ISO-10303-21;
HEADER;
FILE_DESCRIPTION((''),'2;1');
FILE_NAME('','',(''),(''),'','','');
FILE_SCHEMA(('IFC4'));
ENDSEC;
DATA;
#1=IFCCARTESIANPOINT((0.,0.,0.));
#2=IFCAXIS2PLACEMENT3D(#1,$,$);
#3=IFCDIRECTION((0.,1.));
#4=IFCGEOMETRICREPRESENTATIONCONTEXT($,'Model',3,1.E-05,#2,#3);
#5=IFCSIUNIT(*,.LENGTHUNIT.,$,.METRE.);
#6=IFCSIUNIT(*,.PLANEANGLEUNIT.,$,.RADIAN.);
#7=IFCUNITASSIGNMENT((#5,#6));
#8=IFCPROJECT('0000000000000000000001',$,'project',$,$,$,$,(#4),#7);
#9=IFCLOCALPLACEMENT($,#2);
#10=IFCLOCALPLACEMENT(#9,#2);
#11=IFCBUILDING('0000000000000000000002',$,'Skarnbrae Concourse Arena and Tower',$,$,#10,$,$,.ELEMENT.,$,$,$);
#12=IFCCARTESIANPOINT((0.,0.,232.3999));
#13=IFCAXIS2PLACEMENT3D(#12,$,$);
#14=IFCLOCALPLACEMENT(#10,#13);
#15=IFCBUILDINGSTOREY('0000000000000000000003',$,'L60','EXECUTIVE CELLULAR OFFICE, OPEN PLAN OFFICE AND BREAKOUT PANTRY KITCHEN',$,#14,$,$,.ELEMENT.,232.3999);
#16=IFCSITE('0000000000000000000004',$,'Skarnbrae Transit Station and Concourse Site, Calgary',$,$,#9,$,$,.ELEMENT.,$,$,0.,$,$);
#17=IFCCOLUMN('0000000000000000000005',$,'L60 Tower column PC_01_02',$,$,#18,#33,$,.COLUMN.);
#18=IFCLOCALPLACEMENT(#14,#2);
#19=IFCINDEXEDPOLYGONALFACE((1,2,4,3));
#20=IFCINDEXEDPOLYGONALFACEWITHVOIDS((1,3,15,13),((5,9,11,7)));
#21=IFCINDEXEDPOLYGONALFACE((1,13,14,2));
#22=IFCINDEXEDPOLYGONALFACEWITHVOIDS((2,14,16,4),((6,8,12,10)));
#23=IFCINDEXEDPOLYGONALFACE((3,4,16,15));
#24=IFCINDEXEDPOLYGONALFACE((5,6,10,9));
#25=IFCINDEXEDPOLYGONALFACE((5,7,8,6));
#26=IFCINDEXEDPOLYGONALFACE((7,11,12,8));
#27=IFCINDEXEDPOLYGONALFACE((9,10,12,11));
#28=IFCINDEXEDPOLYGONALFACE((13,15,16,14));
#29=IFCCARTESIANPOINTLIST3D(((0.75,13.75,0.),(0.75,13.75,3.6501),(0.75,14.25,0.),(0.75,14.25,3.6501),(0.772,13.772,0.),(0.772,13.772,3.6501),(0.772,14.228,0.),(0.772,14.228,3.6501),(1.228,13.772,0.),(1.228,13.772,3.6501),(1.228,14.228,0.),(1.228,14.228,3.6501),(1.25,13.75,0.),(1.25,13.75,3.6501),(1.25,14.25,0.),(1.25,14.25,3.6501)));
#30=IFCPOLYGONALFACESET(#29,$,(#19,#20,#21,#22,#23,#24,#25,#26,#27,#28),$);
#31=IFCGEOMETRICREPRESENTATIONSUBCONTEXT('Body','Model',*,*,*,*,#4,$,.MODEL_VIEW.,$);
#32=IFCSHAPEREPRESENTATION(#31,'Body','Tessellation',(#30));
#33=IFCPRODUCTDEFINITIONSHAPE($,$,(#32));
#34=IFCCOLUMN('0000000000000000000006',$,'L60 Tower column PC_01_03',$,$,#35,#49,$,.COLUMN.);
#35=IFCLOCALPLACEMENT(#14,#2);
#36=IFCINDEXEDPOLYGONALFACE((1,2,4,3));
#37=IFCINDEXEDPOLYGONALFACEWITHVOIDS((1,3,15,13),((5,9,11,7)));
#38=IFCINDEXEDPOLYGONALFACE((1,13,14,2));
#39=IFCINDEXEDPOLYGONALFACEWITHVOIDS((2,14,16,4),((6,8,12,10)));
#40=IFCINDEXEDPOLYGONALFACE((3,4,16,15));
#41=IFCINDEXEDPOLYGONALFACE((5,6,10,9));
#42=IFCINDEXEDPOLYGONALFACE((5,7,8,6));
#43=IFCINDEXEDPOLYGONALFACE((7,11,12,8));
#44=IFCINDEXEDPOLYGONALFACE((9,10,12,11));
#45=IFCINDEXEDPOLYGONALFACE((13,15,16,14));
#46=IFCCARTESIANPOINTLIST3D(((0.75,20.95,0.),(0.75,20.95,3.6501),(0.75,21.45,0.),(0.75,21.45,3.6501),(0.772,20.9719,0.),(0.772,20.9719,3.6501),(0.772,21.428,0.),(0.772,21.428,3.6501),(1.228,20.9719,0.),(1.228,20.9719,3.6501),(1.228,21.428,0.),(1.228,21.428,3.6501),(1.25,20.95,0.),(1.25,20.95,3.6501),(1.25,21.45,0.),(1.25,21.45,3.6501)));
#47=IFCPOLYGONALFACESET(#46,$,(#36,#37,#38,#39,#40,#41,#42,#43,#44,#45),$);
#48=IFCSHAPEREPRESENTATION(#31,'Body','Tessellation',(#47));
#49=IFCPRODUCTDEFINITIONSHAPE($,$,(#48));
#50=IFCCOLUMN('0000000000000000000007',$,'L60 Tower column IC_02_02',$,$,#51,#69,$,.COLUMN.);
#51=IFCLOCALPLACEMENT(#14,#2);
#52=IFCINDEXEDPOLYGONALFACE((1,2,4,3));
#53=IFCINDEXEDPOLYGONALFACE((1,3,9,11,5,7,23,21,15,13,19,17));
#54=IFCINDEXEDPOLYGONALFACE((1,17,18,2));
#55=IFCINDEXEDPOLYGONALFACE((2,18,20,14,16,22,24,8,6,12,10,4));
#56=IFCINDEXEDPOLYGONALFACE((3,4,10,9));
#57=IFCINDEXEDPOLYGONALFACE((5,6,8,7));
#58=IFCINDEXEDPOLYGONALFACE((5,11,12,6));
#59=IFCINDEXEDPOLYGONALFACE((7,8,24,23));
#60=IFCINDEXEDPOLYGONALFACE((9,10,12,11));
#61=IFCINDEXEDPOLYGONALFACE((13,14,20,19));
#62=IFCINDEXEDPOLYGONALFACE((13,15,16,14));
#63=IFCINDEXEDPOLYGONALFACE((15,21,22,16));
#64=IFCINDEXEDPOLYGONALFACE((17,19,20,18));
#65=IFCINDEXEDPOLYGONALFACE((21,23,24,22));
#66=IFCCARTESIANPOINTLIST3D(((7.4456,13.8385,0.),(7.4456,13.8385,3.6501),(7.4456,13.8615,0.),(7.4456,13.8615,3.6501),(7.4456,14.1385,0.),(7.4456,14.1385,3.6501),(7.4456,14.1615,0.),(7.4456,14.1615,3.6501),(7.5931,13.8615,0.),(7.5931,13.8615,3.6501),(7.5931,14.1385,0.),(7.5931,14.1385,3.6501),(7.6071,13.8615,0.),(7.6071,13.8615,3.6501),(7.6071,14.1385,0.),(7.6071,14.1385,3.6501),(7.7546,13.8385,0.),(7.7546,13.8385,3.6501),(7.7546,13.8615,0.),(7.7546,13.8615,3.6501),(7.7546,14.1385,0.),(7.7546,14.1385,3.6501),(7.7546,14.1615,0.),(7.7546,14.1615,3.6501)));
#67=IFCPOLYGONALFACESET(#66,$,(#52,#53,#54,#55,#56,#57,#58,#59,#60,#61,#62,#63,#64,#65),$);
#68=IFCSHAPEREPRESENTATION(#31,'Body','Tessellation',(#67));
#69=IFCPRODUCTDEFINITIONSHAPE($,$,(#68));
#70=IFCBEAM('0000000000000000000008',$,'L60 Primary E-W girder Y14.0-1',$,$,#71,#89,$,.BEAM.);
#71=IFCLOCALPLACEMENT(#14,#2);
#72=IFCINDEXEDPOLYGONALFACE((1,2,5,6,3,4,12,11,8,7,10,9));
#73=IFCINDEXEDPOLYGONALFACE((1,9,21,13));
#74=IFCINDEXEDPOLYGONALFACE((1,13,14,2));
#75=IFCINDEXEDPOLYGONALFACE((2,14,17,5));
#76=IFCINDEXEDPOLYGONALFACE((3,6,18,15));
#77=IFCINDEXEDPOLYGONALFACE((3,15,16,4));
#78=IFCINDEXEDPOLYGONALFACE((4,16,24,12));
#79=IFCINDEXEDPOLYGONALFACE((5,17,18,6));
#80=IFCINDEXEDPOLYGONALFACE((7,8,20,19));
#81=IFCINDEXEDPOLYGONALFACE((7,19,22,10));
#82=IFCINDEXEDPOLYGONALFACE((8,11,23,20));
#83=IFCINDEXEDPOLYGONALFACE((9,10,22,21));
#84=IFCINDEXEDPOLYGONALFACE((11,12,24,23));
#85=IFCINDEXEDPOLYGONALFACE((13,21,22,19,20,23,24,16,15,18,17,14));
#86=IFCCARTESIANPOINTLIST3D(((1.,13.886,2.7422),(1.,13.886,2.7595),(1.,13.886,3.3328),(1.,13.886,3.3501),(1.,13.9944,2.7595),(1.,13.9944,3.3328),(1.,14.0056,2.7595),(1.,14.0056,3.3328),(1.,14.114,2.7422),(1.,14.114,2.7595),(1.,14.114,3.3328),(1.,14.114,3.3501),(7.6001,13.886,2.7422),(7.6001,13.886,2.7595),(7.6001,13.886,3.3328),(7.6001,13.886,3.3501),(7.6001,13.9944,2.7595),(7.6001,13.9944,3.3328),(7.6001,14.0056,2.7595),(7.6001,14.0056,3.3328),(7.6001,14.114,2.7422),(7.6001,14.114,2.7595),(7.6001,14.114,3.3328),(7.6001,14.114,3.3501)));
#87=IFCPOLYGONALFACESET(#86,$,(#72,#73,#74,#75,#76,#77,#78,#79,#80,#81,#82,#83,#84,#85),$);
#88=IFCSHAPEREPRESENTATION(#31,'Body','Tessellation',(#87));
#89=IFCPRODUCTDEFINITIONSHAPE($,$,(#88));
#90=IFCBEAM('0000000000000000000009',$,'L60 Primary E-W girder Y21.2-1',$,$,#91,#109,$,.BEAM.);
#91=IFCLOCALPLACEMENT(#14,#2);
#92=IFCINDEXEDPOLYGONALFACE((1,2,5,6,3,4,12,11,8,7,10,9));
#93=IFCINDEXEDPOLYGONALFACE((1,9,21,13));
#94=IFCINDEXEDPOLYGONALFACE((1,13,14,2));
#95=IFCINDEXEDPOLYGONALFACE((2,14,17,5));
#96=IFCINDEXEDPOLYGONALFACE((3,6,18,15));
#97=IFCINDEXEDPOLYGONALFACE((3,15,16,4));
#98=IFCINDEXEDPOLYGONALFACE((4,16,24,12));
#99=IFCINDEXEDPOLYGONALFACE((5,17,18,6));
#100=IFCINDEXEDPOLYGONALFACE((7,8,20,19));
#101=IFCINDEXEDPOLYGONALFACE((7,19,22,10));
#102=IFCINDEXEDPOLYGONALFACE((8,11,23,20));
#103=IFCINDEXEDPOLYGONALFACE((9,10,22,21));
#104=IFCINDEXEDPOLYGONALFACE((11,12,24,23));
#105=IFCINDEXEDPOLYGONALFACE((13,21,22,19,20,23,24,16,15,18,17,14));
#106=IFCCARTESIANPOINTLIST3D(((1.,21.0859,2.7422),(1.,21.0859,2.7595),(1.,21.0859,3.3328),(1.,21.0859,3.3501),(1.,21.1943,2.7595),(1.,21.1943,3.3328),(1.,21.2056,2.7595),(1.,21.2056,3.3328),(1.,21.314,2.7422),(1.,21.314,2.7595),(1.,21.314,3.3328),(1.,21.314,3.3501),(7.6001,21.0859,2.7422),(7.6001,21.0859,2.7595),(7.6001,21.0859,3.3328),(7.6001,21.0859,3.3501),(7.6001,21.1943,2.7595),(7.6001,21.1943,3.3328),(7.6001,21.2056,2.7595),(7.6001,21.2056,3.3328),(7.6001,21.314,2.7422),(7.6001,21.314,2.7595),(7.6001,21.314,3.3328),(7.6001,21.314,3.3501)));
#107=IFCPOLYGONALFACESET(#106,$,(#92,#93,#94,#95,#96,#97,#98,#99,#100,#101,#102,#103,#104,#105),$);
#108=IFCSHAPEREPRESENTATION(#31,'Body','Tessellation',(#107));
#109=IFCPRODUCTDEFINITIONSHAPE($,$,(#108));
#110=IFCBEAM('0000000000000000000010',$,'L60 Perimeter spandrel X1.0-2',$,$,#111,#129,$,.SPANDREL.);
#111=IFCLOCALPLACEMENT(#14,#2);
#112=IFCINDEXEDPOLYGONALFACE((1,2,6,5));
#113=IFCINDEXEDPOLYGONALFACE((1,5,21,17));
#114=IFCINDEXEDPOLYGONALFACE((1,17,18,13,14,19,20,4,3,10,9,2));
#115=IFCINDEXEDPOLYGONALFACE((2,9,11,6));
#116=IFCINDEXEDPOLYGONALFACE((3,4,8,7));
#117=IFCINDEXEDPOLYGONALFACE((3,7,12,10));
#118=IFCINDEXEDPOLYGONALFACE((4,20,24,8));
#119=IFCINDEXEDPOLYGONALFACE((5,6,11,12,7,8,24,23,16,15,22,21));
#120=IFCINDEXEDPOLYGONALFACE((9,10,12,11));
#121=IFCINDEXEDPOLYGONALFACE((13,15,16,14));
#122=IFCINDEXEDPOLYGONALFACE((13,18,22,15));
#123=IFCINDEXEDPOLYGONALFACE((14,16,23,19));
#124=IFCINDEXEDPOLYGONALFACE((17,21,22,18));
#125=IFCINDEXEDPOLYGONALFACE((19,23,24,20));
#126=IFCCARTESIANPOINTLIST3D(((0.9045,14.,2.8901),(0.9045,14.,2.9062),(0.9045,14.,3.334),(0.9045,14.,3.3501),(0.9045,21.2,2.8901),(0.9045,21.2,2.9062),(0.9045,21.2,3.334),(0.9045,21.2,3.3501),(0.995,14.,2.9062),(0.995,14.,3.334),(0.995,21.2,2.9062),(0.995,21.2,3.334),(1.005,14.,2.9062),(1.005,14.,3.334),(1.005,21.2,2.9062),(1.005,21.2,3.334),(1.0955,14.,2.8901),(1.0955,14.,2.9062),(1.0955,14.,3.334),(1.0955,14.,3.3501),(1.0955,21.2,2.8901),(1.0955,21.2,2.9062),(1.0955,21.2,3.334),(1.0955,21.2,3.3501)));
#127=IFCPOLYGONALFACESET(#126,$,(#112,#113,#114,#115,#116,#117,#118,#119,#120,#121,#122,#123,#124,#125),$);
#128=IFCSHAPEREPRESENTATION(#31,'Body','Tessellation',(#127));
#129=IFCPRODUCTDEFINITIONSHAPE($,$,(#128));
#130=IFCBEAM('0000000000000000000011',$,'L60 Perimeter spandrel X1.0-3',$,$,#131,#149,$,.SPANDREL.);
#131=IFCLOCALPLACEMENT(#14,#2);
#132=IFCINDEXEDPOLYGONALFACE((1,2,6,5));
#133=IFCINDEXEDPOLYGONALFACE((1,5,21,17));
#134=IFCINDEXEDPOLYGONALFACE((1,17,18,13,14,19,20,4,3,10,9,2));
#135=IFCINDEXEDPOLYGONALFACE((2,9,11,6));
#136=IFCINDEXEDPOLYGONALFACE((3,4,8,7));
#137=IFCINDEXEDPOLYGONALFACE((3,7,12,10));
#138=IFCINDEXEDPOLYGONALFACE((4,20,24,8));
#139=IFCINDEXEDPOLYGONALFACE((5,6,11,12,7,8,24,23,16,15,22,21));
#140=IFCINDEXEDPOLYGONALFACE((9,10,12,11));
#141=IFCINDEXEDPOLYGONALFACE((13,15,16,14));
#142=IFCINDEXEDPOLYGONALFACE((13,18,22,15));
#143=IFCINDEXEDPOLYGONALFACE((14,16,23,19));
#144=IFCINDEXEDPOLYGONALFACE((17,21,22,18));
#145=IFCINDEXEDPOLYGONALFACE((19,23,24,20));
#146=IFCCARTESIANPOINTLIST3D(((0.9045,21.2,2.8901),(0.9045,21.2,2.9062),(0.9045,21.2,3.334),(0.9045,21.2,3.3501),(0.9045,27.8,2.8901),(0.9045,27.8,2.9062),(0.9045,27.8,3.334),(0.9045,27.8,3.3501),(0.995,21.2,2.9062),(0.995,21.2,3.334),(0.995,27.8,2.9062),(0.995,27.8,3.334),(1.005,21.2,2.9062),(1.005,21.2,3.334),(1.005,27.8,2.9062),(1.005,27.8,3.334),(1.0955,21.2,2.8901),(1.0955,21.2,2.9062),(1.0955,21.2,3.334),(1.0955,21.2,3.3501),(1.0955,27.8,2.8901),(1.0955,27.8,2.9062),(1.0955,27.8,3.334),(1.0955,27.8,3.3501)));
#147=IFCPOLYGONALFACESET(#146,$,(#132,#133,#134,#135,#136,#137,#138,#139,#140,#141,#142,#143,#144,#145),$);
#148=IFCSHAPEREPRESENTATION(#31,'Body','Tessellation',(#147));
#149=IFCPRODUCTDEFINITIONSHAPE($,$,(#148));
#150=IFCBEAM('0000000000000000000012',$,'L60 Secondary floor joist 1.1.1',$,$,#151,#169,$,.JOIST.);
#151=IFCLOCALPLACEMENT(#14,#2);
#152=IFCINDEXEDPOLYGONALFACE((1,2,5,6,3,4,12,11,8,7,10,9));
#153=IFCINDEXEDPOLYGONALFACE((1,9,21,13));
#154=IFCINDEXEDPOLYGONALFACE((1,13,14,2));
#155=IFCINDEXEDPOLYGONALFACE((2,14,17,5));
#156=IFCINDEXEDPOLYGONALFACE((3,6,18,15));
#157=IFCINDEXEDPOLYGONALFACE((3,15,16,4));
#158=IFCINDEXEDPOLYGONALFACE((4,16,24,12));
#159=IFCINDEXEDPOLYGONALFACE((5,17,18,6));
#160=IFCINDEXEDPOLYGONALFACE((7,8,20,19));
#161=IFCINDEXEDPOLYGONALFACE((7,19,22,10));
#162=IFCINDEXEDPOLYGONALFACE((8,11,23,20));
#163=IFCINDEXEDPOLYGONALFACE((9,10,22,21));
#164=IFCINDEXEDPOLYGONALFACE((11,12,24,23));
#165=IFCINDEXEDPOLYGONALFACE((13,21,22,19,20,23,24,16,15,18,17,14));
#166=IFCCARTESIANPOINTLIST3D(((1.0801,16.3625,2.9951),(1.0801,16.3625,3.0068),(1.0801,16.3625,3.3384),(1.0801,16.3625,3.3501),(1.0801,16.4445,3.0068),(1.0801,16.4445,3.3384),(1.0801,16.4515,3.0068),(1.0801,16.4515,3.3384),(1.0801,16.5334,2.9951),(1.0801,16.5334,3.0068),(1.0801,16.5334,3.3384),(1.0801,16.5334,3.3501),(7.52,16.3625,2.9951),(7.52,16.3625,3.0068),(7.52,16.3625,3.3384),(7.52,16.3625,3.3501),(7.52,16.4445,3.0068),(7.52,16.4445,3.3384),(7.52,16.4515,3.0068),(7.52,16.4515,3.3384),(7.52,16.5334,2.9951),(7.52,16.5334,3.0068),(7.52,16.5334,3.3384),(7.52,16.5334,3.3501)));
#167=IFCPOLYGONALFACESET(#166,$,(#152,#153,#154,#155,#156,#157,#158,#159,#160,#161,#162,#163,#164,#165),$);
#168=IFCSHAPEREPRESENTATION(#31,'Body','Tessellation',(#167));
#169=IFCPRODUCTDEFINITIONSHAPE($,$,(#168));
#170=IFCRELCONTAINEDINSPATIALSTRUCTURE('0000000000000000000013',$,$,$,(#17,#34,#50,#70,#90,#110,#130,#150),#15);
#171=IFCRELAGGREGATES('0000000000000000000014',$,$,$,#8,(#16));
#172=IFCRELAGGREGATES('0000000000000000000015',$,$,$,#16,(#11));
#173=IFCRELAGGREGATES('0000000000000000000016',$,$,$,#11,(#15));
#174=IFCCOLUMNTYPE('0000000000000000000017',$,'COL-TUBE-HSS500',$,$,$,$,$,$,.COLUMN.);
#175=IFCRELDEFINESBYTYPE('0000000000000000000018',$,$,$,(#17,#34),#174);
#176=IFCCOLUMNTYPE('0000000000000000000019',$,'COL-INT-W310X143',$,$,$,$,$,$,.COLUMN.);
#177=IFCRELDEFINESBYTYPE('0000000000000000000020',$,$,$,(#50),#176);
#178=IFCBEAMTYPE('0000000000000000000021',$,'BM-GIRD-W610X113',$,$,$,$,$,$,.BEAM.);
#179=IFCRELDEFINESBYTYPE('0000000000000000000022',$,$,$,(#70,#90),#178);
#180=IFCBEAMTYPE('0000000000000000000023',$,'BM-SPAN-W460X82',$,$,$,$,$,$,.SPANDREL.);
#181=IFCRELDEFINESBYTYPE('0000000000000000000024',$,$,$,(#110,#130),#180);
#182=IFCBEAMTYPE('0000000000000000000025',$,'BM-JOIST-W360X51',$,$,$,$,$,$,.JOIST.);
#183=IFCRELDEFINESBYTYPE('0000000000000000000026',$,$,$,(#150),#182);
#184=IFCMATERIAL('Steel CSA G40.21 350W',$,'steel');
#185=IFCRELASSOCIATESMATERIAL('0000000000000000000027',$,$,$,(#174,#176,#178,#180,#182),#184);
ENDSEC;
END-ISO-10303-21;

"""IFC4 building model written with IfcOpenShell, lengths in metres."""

from ifc_helpers import new_model, si_unit, direction, frame, origin, origin_2d, place, context, subcontext, project, spatial, hollow_rectangle, i_section, extrude, source, transform, mapped, material, material_profile, profile_set, type_object, element, save


model = new_model("IFC4")

# Units and contexts
model_context = context("Model", 3, precision=1e-05, world=origin(), true_north=direction((0.0, 1.0)))
body_context = subcontext(model_context, "Body", "Model", "MODEL_VIEW")
ifc_project = project(units=[si_unit("LENGTHUNIT", "METRE"), si_unit("PLANEANGLEUNIT", "RADIAN")], contexts=[model_context])

# Site, building, storey
site_placement = place(None, origin())
site = spatial("IfcSite", under=ifc_project, at=site_placement, Name="Skarnbrae Transit Station and Concourse Site, Calgary", CompositionType="ELEMENT", RefElevation=0.0)
building_placement = place(site_placement, origin())
building = spatial("IfcBuilding", under=site, at=building_placement, Name="Skarnbrae Concourse Arena and Tower", CompositionType="ELEMENT")
storey_placement = place(building_placement, frame((0.0, 0.0, 232.3999)))
storey = spatial("IfcBuildingStorey", under=building, at=storey_placement, Name="L60", Description="EXECUTIVE CELLULAR OFFICE, OPEN PLAN OFFICE AND BREAKOUT PANTRY KITCHEN", CompositionType="ELEMENT", Elevation=232.3999)

# Columns
ifc_material_1 = material(Name="Steel CSA G40.21 350W", Category="steel")
ifc_material_profile_1 = material_profile(ifc_material_1, hollow_rectangle(XDim=0.5, YDim=0.5, WallThickness=0.022, at=origin_2d()), Name="HSS500X500X22.0")
ifc_profile_set_1 = profile_set([ifc_material_profile_1], Name="Steel CSA G40.21 350W")
column_type_1 = type_object("IfcColumnType", Name="COL-TUBE-HSS500", PredefinedType="COLUMN", material=ifc_profile_set_1)
shared_shape_1 = source(origin(), body_context, "Body", "SweptSolid", [
    extrude(hollow_rectangle(XDim=0.5, YDim=0.5, WallThickness=0.022, at=origin_2d()), origin(), (0.0, 0.0, 1.0), 3.6501),
])
for number, where, z_axis, x_axis, name in (
    (1, (1.0, 14.0, 0.0), (0.0, 0.0, 1.0), (1.0, 0.0, 0.0), "L60 Tower column PC_01_02"),
    (2, (1.0, 21.2, 0.0), (0.0, 0.0, 1.0), (1.0, 0.0, 0.0), "L60 Tower column PC_01_03"),
):
    element("IfcColumn", number, at=place(storey_placement, frame(where, z_axis=z_axis, x_axis=x_axis)), inside=storey, type_object=column_type_1, Name=name, PredefinedType="COLUMN", context=body_context, shape_type="MappedRepresentation", body=[
        mapped(shared_shape_1, transform((0.0, 0.0, 0.0))),
    ])
ifc_material_profile_2 = material_profile(ifc_material_1, i_section(OverallWidth=0.3091, OverallDepth=0.323, WebThickness=0.0139, FlangeThickness=0.0229, at=origin_2d()), Name="W310X143")
ifc_profile_set_2 = profile_set([ifc_material_profile_2], Name="Steel CSA G40.21 350W")
column_type_2 = type_object("IfcColumnType", Name="COL-INT-W310X143", PredefinedType="COLUMN", material=ifc_profile_set_2)
shared_shape_2 = source(origin(), body_context, "Body", "SweptSolid", [
    extrude(i_section(OverallWidth=0.3091, OverallDepth=0.323, WebThickness=0.0139, FlangeThickness=0.0229, at=origin_2d()), origin(), (0.0, 0.0, 1.0), 3.6501),
])
column_placement = place(storey_placement, frame((7.6001, 14.0, 0.0), z_axis=(0.0, 0.0, 1.0), x_axis=(1.0, 0.0, 0.0)))
element("IfcColumn", 3, at=column_placement, inside=storey, type_object=column_type_2, Name="L60 Tower column IC_02_02", PredefinedType="COLUMN", context=body_context, shape_type="MappedRepresentation", body=[
    mapped(shared_shape_2, transform((0.0, 0.0, 0.0))),
])

# Beams
ifc_material_profile_3 = material_profile(ifc_material_1, i_section(OverallWidth=0.228, OverallDepth=0.6079, WebThickness=0.0112, FlangeThickness=0.0173, at=origin_2d()), Name="W610X113")
ifc_profile_set_3 = profile_set([ifc_material_profile_3], Name="Steel CSA G40.21 350W")
beam_type_1 = type_object("IfcBeamType", Name="BM-GIRD-W610X113", PredefinedType="BEAM", material=ifc_profile_set_3)
shared_shape_3 = source(origin(), body_context, "Body", "SweptSolid", [
    extrude(i_section(OverallWidth=0.228, OverallDepth=0.6079, WebThickness=0.0112, FlangeThickness=0.0173, at=origin_2d()), origin(), (0.0, 0.0, 1.0), 6.6001),
])
for number, where, z_axis, x_axis, name in (
    (4, (1.0, 14.0, 3.0461), (1.0, 0.0, 0.0), (0.0, 1.0, 0.0), "L60 Primary E-W girder Y14.0-1"),
    (5, (1.0, 21.2, 3.0461), (1.0, 0.0, 0.0), (0.0, 1.0, 0.0), "L60 Primary E-W girder Y21.2-1"),
):
    element("IfcBeam", number, at=place(storey_placement, frame(where, z_axis=z_axis, x_axis=x_axis)), inside=storey, type_object=beam_type_1, Name=name, PredefinedType="BEAM", context=body_context, shape_type="MappedRepresentation", body=[
        mapped(shared_shape_3, transform((0.0, 0.0, 0.0))),
    ])
ifc_material_profile_4 = material_profile(ifc_material_1, i_section(OverallWidth=0.1909, OverallDepth=0.46, WebThickness=0.01, FlangeThickness=0.0161, at=origin_2d()), Name="W460X82")
ifc_profile_set_4 = profile_set([ifc_material_profile_4], Name="Steel CSA G40.21 350W")
beam_type_2 = type_object("IfcBeamType", Name="BM-SPAN-W460X82", PredefinedType="SPANDREL", material=ifc_profile_set_4)
shared_shape_4 = source(origin(), body_context, "Body", "SweptSolid", [
    extrude(i_section(OverallWidth=0.1909, OverallDepth=0.46, WebThickness=0.01, FlangeThickness=0.0161, at=origin_2d()), origin(), (0.0, 0.0, 1.0), 7.2),
])
beam_1_placement = place(storey_placement, frame((1.0, 14.0, 3.1201), z_axis=(0.0, 1.0, 0.0), x_axis=(-1.0, 0.0, 0.0)))
element("IfcBeam", 6, at=beam_1_placement, inside=storey, type_object=beam_type_2, Name="L60 Perimeter spandrel X1.0-2", PredefinedType="SPANDREL", context=body_context, shape_type="MappedRepresentation", body=[
    mapped(shared_shape_4, transform((0.0, 0.0, 0.0))),
])
shared_shape_5 = source(origin(), body_context, "Body", "SweptSolid", [
    extrude(i_section(OverallWidth=0.1909, OverallDepth=0.46, WebThickness=0.01, FlangeThickness=0.0161, at=origin_2d()), origin(), (0.0, 0.0, 1.0), 6.6001),
])
beam_2_placement = place(storey_placement, frame((1.0, 21.2, 3.1201), z_axis=(0.0, 1.0, 0.0), x_axis=(-1.0, 0.0, 0.0)))
element("IfcBeam", 7, at=beam_2_placement, inside=storey, type_object=beam_type_2, Name="L60 Perimeter spandrel X1.0-3", PredefinedType="SPANDREL", context=body_context, shape_type="MappedRepresentation", body=[
    mapped(shared_shape_5, transform((0.0, 0.0, 0.0))),
])
ifc_material_profile_5 = material_profile(ifc_material_1, i_section(OverallWidth=0.1709, OverallDepth=0.355, WebThickness=0.0071, FlangeThickness=0.0117, at=origin_2d()), Name="W360X51")
ifc_profile_set_5 = profile_set([ifc_material_profile_5], Name="Steel CSA G40.21 350W")
beam_type_3 = type_object("IfcBeamType", Name="BM-JOIST-W360X51", PredefinedType="JOIST", material=ifc_profile_set_5)
shared_shape_6 = source(origin(), body_context, "Body", "SweptSolid", [
    extrude(i_section(OverallWidth=0.1709, OverallDepth=0.355, WebThickness=0.0071, FlangeThickness=0.0117, at=origin_2d()), origin(), (0.0, 0.0, 1.0), 6.4399),
])
for number, where, z_axis, x_axis, name in (
    (8, (1.0801, 16.448, 3.1726), (1.0, 0.0, 0.0), (0.0, 1.0, 0.0), "L60 Secondary floor joist 1.1.1"),
):
    element("IfcBeam", number, at=place(storey_placement, frame(where, z_axis=z_axis, x_axis=x_axis)), inside=storey, type_object=beam_type_3, Name=name, PredefinedType="JOIST", context=body_context, shape_type="MappedRepresentation", body=[
        mapped(shared_shape_6, transform((0.0, 0.0, 0.0))),
    ])

save(model, "model.ifc")
